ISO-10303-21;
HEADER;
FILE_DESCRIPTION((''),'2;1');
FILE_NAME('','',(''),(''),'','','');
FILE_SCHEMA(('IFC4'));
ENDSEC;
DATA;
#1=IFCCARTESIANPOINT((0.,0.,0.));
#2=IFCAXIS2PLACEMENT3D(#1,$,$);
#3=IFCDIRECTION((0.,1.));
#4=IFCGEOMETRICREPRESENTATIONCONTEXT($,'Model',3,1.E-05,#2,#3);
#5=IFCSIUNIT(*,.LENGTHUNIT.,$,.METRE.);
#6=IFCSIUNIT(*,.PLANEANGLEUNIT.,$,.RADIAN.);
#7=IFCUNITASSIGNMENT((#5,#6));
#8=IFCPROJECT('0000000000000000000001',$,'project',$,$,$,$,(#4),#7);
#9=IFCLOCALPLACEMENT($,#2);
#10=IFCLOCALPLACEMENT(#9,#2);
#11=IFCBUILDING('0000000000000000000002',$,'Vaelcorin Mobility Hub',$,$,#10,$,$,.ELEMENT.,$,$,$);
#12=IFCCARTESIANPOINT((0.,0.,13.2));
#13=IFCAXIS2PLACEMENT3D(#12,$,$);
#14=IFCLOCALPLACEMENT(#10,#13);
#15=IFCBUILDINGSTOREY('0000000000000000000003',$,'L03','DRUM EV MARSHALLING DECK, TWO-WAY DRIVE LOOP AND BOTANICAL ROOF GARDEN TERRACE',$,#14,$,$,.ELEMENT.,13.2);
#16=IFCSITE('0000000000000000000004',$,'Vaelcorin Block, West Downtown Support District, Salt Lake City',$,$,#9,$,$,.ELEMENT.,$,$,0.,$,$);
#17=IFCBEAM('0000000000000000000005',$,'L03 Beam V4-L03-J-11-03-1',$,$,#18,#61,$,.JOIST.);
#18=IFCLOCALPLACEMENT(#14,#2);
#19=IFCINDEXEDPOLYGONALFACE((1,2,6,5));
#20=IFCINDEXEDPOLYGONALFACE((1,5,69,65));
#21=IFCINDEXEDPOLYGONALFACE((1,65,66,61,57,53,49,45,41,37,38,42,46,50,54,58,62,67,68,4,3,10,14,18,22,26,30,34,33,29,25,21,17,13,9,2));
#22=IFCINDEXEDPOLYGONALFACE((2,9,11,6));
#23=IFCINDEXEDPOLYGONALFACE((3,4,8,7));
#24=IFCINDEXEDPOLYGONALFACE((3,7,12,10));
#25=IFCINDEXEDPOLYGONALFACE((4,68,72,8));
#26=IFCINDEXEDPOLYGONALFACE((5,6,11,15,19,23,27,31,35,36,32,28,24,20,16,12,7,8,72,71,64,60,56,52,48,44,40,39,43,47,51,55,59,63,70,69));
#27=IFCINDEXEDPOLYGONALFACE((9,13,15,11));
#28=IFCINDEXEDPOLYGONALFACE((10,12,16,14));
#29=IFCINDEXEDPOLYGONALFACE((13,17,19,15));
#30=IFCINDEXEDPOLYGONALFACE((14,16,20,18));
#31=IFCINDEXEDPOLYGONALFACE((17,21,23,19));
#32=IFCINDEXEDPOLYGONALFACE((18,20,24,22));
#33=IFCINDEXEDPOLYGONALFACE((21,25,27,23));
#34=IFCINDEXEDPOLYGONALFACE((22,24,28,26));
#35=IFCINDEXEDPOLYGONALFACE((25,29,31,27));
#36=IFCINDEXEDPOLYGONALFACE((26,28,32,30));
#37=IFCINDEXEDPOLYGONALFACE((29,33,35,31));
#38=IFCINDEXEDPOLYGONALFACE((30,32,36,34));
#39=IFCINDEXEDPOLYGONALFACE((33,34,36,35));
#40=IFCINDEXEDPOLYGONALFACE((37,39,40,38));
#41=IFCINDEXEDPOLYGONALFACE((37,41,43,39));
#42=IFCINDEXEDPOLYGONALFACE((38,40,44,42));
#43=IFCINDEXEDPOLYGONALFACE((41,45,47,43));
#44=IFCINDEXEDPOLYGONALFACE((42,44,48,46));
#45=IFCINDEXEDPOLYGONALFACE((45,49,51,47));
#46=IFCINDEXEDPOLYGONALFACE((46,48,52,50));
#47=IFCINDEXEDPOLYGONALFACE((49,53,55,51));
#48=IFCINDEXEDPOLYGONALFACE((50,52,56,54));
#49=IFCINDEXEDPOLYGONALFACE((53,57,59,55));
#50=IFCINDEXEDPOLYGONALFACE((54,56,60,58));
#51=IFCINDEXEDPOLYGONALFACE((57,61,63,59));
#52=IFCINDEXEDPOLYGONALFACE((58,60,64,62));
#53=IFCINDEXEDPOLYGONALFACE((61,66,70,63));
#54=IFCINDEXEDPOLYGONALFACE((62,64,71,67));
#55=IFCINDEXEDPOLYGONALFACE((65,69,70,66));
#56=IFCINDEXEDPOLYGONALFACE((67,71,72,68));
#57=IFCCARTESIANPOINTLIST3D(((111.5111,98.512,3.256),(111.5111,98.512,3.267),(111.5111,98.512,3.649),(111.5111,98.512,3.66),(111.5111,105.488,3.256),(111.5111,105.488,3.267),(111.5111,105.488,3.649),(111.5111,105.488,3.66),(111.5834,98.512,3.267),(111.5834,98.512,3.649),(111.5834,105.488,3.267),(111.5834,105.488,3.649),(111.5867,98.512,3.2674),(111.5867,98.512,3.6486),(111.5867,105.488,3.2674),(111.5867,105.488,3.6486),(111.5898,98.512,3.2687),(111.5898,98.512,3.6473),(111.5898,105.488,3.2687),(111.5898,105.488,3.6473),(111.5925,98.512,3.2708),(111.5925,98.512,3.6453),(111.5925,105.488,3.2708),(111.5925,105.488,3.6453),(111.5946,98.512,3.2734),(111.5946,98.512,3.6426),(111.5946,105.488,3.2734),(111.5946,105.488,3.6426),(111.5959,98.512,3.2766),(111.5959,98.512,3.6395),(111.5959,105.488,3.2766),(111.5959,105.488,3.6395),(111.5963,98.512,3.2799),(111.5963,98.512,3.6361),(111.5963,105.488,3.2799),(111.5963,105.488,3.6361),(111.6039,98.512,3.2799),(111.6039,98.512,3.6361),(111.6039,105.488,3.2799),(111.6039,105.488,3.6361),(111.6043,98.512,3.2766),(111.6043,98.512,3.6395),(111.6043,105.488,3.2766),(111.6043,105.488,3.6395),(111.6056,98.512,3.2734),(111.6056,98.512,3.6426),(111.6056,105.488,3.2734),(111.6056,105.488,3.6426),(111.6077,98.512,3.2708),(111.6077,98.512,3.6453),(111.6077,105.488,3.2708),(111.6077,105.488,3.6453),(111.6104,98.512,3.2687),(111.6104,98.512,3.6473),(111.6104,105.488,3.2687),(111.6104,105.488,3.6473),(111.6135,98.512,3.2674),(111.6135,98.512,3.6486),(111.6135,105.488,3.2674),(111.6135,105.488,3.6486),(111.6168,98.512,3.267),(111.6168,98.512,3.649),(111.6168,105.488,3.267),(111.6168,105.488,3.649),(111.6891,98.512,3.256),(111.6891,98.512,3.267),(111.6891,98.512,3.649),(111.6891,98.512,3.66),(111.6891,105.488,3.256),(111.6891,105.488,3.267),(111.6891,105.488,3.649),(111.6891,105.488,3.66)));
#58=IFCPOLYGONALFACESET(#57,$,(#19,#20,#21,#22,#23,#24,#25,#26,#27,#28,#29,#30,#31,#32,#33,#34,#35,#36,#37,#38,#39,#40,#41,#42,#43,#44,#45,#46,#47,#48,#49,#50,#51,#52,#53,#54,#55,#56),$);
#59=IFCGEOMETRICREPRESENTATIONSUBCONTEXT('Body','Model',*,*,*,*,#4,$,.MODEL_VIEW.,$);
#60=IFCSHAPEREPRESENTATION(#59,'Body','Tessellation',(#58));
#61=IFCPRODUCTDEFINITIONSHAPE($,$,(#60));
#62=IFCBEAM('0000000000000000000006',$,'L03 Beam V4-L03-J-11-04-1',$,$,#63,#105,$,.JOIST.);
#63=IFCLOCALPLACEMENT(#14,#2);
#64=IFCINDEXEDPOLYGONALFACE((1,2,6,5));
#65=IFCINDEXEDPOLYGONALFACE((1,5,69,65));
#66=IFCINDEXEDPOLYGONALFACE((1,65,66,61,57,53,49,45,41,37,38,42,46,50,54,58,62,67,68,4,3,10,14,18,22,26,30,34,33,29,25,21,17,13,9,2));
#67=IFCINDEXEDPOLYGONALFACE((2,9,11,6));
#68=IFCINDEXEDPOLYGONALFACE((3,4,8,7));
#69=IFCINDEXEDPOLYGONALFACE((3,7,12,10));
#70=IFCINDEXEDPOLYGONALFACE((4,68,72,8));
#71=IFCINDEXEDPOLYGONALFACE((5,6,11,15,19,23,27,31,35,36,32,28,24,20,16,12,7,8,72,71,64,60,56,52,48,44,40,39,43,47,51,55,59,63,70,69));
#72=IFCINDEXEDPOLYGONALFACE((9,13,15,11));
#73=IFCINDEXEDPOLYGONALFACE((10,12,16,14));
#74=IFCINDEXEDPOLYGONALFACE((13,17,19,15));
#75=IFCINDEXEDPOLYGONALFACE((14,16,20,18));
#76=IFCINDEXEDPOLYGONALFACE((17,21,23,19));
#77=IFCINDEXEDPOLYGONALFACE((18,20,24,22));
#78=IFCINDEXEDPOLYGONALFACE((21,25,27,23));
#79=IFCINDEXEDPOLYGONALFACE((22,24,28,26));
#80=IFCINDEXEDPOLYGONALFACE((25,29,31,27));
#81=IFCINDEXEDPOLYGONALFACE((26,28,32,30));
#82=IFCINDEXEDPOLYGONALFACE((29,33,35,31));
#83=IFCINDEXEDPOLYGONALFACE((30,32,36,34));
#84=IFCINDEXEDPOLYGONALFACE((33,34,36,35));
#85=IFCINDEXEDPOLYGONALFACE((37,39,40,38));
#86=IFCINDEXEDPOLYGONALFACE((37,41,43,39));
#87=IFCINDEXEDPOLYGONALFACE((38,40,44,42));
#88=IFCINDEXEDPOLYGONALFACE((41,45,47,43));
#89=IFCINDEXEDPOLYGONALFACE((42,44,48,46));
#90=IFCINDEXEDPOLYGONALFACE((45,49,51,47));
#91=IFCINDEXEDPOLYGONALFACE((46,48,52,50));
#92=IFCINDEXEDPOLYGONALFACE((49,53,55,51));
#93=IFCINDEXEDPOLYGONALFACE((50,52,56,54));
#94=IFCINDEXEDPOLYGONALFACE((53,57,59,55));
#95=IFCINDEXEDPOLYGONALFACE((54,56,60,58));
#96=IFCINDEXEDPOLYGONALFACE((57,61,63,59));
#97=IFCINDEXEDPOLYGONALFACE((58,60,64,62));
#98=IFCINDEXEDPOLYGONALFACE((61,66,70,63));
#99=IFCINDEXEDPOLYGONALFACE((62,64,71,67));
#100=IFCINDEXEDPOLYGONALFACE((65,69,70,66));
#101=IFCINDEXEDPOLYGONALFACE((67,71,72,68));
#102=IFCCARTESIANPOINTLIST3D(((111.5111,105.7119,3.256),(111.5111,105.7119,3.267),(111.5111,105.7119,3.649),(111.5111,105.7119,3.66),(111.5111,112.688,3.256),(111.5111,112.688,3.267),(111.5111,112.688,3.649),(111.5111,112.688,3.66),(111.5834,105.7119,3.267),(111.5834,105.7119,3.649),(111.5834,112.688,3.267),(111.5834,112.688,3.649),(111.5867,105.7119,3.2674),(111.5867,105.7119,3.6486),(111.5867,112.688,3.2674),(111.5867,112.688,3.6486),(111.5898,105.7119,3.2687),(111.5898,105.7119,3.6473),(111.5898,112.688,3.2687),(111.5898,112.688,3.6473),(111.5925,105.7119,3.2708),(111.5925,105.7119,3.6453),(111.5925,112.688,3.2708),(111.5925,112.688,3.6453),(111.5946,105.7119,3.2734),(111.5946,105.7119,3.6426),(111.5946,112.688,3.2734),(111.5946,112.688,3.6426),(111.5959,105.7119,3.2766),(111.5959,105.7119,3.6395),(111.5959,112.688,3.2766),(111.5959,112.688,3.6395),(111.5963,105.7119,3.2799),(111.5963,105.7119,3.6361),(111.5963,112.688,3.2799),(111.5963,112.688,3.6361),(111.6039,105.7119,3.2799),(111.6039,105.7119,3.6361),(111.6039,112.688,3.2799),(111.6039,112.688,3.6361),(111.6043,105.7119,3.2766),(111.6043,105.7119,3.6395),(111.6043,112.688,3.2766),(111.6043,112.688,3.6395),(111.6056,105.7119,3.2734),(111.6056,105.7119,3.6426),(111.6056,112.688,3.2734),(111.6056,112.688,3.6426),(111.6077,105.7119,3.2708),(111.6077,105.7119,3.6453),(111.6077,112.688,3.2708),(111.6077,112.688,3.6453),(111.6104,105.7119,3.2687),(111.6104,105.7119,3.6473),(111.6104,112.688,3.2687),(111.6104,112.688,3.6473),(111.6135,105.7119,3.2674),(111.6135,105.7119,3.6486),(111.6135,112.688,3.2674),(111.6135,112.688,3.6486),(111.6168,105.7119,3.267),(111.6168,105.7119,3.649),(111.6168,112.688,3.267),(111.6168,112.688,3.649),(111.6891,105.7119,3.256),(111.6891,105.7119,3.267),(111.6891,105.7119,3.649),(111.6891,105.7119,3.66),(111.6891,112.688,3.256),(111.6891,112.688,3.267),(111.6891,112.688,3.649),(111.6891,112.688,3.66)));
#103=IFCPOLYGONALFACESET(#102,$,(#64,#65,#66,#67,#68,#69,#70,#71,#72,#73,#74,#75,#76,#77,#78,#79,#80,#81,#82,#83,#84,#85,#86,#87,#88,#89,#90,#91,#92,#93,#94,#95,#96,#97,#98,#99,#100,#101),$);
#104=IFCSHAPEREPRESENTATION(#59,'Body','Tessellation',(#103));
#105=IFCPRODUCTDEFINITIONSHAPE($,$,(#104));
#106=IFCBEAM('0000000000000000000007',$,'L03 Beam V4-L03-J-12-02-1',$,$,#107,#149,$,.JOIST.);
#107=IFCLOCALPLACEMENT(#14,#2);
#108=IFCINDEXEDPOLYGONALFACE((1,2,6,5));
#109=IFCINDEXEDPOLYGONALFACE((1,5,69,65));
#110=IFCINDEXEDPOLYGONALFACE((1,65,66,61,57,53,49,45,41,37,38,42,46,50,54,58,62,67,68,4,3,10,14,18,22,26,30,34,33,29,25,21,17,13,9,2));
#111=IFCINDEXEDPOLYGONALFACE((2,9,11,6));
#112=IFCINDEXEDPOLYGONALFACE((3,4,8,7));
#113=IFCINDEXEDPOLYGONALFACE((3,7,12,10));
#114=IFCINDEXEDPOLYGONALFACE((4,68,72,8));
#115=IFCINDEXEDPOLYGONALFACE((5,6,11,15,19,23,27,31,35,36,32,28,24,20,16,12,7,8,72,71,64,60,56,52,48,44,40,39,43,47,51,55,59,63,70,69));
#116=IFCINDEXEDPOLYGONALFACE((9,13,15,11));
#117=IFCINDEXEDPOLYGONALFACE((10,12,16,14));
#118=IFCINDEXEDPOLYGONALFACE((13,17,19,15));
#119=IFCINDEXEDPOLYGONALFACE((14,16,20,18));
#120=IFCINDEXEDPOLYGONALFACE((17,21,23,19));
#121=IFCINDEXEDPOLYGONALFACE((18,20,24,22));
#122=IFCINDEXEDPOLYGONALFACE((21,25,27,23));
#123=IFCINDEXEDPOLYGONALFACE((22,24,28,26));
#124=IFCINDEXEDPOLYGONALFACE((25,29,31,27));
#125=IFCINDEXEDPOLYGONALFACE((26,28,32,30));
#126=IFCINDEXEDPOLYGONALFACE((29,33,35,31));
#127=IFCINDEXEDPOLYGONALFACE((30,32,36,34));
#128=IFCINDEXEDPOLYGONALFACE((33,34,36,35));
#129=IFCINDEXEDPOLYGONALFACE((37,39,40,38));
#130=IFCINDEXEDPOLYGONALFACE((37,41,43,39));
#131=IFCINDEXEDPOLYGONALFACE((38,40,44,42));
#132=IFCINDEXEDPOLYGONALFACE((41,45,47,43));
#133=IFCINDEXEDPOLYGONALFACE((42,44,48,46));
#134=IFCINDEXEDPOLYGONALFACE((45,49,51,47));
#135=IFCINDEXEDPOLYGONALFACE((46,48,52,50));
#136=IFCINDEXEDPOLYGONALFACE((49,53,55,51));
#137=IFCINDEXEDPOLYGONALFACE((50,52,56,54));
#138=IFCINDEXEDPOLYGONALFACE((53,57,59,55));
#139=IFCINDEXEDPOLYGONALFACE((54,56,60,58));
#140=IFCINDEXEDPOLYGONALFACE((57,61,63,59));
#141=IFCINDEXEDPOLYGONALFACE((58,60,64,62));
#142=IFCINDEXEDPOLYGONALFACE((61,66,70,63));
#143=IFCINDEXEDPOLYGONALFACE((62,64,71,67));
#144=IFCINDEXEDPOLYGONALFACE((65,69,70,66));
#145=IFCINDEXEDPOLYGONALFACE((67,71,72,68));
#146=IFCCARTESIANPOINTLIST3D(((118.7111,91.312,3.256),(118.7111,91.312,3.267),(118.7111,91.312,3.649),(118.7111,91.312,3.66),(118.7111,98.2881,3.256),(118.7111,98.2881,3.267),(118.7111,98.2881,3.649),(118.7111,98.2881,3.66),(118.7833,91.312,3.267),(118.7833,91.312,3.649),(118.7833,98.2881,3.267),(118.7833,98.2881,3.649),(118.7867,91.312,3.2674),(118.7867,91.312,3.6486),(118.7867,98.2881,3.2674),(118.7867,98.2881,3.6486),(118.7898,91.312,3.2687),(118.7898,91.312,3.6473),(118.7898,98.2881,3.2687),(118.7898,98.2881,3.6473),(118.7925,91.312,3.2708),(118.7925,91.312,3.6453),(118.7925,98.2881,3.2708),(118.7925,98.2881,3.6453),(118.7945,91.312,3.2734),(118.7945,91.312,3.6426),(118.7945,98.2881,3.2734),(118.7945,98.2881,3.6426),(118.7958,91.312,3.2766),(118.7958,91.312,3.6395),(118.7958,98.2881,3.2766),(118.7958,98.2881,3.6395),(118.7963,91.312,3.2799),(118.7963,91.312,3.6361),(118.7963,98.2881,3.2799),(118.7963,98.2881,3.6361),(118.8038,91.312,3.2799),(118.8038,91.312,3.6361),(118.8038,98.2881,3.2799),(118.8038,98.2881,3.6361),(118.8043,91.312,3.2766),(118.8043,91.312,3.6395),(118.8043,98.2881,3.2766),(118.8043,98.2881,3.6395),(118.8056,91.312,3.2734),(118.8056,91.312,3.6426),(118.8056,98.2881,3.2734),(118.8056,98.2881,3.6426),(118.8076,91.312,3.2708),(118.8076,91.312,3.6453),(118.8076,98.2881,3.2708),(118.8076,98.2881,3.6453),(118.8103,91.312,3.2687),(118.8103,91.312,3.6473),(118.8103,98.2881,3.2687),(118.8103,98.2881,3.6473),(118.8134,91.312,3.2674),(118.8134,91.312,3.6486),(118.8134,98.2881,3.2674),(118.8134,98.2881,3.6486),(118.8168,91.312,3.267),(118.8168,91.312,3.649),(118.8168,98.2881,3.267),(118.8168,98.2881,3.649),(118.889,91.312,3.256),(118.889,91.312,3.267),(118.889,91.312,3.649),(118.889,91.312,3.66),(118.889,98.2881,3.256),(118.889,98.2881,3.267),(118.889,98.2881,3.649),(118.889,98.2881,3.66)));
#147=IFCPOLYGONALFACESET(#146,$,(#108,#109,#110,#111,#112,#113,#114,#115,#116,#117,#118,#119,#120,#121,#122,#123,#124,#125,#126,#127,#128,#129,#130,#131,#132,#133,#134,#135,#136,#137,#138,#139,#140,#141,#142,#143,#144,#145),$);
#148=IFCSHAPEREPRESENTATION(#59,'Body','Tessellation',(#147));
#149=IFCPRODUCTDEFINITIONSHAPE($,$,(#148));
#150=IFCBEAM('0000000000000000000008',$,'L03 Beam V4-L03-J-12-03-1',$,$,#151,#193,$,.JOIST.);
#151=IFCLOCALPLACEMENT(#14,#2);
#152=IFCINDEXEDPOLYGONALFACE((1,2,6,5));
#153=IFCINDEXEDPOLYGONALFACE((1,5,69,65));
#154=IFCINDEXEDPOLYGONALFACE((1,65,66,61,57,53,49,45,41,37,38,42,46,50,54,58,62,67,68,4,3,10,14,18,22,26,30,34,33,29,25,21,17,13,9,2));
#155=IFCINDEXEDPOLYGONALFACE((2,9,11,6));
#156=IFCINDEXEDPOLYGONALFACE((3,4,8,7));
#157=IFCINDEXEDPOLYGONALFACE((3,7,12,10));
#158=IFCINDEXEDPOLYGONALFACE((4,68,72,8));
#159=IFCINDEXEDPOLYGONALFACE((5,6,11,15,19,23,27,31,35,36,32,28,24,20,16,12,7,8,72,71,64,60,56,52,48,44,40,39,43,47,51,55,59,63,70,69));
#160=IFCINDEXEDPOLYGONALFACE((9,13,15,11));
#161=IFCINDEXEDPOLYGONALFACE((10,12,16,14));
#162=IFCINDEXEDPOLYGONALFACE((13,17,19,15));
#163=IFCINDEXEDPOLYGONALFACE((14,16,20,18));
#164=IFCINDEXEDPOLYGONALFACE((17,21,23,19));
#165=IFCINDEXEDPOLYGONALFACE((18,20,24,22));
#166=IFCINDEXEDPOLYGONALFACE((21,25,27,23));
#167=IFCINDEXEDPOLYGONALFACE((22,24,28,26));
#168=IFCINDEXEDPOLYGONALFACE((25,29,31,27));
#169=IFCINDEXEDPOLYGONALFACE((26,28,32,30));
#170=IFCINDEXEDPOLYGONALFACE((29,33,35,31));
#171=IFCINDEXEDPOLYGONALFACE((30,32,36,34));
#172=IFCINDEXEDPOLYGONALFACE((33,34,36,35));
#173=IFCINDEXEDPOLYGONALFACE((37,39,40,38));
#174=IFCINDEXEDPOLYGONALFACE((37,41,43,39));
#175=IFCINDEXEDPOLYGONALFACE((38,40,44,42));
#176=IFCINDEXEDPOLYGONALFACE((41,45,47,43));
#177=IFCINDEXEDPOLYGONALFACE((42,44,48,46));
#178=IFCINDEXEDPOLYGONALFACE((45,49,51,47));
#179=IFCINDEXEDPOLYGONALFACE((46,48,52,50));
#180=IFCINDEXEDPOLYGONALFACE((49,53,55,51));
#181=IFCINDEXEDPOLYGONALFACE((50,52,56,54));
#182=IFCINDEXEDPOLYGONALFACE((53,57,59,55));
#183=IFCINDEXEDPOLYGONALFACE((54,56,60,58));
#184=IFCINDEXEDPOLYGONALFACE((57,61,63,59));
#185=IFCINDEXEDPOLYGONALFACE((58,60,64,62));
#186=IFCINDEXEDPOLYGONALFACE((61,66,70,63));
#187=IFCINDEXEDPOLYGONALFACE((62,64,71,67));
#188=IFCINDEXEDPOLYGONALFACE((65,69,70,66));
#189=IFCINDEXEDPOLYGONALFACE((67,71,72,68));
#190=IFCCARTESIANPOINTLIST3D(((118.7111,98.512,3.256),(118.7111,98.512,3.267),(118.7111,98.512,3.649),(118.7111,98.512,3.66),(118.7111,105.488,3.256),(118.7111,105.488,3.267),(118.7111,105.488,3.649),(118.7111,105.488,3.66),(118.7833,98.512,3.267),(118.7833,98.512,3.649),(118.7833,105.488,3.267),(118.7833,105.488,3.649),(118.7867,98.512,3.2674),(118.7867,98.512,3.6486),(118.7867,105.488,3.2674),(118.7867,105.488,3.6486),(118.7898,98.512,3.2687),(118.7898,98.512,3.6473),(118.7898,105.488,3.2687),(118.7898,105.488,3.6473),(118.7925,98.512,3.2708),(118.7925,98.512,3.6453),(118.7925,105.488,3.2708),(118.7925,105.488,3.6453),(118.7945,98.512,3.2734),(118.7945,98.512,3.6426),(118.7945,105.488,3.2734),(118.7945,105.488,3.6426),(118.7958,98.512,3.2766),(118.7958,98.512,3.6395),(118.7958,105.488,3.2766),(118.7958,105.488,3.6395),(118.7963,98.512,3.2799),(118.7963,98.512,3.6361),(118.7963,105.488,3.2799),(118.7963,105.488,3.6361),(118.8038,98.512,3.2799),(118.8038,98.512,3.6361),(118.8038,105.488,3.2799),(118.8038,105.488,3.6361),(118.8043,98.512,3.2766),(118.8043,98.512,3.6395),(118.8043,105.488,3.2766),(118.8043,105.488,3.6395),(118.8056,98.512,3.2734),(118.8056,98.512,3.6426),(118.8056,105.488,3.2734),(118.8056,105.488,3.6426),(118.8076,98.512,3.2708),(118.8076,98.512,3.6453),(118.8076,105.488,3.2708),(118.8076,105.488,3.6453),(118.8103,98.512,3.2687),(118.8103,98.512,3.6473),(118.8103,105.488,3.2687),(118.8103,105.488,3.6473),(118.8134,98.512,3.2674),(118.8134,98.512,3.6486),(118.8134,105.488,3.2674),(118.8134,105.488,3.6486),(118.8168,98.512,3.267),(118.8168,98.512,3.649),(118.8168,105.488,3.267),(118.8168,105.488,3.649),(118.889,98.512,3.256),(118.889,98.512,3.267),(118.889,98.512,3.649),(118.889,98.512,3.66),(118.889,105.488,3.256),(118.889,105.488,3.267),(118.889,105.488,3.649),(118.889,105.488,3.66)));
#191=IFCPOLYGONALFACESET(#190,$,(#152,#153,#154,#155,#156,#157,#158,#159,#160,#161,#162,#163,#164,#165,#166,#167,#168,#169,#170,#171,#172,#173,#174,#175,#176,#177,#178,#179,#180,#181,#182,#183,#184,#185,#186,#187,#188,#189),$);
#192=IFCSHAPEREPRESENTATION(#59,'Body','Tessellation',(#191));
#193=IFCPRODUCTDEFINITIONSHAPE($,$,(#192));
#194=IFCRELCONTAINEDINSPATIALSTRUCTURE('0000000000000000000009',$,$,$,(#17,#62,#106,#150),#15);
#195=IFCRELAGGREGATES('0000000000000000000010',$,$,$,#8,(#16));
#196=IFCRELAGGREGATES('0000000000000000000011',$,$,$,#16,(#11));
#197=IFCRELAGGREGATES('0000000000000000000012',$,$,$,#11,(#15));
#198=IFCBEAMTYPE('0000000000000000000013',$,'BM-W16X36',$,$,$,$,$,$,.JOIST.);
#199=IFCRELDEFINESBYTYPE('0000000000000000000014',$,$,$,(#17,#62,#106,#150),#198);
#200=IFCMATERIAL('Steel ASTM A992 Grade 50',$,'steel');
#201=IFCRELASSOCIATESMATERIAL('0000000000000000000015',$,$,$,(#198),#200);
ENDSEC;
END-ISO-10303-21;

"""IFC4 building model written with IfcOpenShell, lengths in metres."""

from ifc_helpers import new_model, si_unit, direction, frame, origin, origin_2d, place, context, subcontext, project, spatial, i_section, extrude, material, material_profile, profile_set, type_object, element, save


model = new_model("IFC4")

# Units and contexts
model_context = context("Model", 3, precision=1e-05, world=origin(), true_north=direction((0.0, 1.0)))
body_context = subcontext(model_context, "Body", "Model", "MODEL_VIEW")
ifc_project = project(units=[si_unit("LENGTHUNIT", "METRE"), si_unit("PLANEANGLEUNIT", "RADIAN")], contexts=[model_context])

# Site, building, storey
site_placement = place(None, origin())
site = spatial("IfcSite", under=ifc_project, at=site_placement, Name="Vaelcorin Block, West Downtown Support District, Salt Lake City", CompositionType="ELEMENT", RefElevation=0.0)
building_placement = place(site_placement, origin())
building = spatial("IfcBuilding", under=site, at=building_placement, Name="Vaelcorin Mobility Hub", CompositionType="ELEMENT")
storey_placement = place(building_placement, frame((0.0, 0.0, 13.2)))
storey = spatial("IfcBuildingStorey", under=building, at=storey_placement, Name="L03", Description="DRUM EV MARSHALLING DECK, TWO-WAY DRIVE LOOP AND BOTANICAL ROOF GARDEN TERRACE", CompositionType="ELEMENT", Elevation=13.2)

# Shared definitions
ifc_material_1 = material(Name="Steel ASTM A992 Grade 50", Category="steel")

# Beams
ifc_material_profile_1 = material_profile(ifc_material_1, i_section(OverallWidth=0.178, OverallDepth=0.4041, WebThickness=0.0076, FlangeThickness=0.011, FilletRadius=0.0129, at=origin_2d()), Name="W16X36")
ifc_profile_set_1 = profile_set([ifc_material_profile_1], Name="Steel ASTM A992 Grade 50")
beam_type_1 = type_object("IfcBeamType", Name="BM-W16X36", PredefinedType="JOIST", material=ifc_profile_set_1)
for number, where, z_axis, x_axis, name in (
    (1, (111.6001, 98.512, 3.458), (0.0, 1.0, 0.0), (-1.0, 0.0, 0.0), "L03 Beam V4-L03-J-11-03-1"),
    (2, (111.6001, 105.7119, 3.458), (0.0, 1.0, 0.0), (-1.0, 0.0, 0.0), "L03 Beam V4-L03-J-11-04-1"),
    (3, (118.8, 91.312, 3.458), (0.0, 1.0, 0.0), (-1.0, 0.0, 0.0), "L03 Beam V4-L03-J-12-02-1"),
    (4, (118.8, 98.512, 3.458), (0.0, 1.0, 0.0), (-1.0, 0.0, 0.0), "L03 Beam V4-L03-J-12-03-1"),
):
    element("IfcBeam", number, at=place(storey_placement, frame(where, z_axis=z_axis, x_axis=x_axis)), inside=storey, type_object=beam_type_1, Name=name, PredefinedType="JOIST", context=body_context, shape_type="SweptSolid", body=[
        extrude(i_section(OverallWidth=0.178, OverallDepth=0.4041, WebThickness=0.0076, FlangeThickness=0.011, FilletRadius=0.0129, at=origin_2d()), origin(), (0.0, 0.0, 1.0), 6.9761),
    ])

save(model, "model.ifc")
